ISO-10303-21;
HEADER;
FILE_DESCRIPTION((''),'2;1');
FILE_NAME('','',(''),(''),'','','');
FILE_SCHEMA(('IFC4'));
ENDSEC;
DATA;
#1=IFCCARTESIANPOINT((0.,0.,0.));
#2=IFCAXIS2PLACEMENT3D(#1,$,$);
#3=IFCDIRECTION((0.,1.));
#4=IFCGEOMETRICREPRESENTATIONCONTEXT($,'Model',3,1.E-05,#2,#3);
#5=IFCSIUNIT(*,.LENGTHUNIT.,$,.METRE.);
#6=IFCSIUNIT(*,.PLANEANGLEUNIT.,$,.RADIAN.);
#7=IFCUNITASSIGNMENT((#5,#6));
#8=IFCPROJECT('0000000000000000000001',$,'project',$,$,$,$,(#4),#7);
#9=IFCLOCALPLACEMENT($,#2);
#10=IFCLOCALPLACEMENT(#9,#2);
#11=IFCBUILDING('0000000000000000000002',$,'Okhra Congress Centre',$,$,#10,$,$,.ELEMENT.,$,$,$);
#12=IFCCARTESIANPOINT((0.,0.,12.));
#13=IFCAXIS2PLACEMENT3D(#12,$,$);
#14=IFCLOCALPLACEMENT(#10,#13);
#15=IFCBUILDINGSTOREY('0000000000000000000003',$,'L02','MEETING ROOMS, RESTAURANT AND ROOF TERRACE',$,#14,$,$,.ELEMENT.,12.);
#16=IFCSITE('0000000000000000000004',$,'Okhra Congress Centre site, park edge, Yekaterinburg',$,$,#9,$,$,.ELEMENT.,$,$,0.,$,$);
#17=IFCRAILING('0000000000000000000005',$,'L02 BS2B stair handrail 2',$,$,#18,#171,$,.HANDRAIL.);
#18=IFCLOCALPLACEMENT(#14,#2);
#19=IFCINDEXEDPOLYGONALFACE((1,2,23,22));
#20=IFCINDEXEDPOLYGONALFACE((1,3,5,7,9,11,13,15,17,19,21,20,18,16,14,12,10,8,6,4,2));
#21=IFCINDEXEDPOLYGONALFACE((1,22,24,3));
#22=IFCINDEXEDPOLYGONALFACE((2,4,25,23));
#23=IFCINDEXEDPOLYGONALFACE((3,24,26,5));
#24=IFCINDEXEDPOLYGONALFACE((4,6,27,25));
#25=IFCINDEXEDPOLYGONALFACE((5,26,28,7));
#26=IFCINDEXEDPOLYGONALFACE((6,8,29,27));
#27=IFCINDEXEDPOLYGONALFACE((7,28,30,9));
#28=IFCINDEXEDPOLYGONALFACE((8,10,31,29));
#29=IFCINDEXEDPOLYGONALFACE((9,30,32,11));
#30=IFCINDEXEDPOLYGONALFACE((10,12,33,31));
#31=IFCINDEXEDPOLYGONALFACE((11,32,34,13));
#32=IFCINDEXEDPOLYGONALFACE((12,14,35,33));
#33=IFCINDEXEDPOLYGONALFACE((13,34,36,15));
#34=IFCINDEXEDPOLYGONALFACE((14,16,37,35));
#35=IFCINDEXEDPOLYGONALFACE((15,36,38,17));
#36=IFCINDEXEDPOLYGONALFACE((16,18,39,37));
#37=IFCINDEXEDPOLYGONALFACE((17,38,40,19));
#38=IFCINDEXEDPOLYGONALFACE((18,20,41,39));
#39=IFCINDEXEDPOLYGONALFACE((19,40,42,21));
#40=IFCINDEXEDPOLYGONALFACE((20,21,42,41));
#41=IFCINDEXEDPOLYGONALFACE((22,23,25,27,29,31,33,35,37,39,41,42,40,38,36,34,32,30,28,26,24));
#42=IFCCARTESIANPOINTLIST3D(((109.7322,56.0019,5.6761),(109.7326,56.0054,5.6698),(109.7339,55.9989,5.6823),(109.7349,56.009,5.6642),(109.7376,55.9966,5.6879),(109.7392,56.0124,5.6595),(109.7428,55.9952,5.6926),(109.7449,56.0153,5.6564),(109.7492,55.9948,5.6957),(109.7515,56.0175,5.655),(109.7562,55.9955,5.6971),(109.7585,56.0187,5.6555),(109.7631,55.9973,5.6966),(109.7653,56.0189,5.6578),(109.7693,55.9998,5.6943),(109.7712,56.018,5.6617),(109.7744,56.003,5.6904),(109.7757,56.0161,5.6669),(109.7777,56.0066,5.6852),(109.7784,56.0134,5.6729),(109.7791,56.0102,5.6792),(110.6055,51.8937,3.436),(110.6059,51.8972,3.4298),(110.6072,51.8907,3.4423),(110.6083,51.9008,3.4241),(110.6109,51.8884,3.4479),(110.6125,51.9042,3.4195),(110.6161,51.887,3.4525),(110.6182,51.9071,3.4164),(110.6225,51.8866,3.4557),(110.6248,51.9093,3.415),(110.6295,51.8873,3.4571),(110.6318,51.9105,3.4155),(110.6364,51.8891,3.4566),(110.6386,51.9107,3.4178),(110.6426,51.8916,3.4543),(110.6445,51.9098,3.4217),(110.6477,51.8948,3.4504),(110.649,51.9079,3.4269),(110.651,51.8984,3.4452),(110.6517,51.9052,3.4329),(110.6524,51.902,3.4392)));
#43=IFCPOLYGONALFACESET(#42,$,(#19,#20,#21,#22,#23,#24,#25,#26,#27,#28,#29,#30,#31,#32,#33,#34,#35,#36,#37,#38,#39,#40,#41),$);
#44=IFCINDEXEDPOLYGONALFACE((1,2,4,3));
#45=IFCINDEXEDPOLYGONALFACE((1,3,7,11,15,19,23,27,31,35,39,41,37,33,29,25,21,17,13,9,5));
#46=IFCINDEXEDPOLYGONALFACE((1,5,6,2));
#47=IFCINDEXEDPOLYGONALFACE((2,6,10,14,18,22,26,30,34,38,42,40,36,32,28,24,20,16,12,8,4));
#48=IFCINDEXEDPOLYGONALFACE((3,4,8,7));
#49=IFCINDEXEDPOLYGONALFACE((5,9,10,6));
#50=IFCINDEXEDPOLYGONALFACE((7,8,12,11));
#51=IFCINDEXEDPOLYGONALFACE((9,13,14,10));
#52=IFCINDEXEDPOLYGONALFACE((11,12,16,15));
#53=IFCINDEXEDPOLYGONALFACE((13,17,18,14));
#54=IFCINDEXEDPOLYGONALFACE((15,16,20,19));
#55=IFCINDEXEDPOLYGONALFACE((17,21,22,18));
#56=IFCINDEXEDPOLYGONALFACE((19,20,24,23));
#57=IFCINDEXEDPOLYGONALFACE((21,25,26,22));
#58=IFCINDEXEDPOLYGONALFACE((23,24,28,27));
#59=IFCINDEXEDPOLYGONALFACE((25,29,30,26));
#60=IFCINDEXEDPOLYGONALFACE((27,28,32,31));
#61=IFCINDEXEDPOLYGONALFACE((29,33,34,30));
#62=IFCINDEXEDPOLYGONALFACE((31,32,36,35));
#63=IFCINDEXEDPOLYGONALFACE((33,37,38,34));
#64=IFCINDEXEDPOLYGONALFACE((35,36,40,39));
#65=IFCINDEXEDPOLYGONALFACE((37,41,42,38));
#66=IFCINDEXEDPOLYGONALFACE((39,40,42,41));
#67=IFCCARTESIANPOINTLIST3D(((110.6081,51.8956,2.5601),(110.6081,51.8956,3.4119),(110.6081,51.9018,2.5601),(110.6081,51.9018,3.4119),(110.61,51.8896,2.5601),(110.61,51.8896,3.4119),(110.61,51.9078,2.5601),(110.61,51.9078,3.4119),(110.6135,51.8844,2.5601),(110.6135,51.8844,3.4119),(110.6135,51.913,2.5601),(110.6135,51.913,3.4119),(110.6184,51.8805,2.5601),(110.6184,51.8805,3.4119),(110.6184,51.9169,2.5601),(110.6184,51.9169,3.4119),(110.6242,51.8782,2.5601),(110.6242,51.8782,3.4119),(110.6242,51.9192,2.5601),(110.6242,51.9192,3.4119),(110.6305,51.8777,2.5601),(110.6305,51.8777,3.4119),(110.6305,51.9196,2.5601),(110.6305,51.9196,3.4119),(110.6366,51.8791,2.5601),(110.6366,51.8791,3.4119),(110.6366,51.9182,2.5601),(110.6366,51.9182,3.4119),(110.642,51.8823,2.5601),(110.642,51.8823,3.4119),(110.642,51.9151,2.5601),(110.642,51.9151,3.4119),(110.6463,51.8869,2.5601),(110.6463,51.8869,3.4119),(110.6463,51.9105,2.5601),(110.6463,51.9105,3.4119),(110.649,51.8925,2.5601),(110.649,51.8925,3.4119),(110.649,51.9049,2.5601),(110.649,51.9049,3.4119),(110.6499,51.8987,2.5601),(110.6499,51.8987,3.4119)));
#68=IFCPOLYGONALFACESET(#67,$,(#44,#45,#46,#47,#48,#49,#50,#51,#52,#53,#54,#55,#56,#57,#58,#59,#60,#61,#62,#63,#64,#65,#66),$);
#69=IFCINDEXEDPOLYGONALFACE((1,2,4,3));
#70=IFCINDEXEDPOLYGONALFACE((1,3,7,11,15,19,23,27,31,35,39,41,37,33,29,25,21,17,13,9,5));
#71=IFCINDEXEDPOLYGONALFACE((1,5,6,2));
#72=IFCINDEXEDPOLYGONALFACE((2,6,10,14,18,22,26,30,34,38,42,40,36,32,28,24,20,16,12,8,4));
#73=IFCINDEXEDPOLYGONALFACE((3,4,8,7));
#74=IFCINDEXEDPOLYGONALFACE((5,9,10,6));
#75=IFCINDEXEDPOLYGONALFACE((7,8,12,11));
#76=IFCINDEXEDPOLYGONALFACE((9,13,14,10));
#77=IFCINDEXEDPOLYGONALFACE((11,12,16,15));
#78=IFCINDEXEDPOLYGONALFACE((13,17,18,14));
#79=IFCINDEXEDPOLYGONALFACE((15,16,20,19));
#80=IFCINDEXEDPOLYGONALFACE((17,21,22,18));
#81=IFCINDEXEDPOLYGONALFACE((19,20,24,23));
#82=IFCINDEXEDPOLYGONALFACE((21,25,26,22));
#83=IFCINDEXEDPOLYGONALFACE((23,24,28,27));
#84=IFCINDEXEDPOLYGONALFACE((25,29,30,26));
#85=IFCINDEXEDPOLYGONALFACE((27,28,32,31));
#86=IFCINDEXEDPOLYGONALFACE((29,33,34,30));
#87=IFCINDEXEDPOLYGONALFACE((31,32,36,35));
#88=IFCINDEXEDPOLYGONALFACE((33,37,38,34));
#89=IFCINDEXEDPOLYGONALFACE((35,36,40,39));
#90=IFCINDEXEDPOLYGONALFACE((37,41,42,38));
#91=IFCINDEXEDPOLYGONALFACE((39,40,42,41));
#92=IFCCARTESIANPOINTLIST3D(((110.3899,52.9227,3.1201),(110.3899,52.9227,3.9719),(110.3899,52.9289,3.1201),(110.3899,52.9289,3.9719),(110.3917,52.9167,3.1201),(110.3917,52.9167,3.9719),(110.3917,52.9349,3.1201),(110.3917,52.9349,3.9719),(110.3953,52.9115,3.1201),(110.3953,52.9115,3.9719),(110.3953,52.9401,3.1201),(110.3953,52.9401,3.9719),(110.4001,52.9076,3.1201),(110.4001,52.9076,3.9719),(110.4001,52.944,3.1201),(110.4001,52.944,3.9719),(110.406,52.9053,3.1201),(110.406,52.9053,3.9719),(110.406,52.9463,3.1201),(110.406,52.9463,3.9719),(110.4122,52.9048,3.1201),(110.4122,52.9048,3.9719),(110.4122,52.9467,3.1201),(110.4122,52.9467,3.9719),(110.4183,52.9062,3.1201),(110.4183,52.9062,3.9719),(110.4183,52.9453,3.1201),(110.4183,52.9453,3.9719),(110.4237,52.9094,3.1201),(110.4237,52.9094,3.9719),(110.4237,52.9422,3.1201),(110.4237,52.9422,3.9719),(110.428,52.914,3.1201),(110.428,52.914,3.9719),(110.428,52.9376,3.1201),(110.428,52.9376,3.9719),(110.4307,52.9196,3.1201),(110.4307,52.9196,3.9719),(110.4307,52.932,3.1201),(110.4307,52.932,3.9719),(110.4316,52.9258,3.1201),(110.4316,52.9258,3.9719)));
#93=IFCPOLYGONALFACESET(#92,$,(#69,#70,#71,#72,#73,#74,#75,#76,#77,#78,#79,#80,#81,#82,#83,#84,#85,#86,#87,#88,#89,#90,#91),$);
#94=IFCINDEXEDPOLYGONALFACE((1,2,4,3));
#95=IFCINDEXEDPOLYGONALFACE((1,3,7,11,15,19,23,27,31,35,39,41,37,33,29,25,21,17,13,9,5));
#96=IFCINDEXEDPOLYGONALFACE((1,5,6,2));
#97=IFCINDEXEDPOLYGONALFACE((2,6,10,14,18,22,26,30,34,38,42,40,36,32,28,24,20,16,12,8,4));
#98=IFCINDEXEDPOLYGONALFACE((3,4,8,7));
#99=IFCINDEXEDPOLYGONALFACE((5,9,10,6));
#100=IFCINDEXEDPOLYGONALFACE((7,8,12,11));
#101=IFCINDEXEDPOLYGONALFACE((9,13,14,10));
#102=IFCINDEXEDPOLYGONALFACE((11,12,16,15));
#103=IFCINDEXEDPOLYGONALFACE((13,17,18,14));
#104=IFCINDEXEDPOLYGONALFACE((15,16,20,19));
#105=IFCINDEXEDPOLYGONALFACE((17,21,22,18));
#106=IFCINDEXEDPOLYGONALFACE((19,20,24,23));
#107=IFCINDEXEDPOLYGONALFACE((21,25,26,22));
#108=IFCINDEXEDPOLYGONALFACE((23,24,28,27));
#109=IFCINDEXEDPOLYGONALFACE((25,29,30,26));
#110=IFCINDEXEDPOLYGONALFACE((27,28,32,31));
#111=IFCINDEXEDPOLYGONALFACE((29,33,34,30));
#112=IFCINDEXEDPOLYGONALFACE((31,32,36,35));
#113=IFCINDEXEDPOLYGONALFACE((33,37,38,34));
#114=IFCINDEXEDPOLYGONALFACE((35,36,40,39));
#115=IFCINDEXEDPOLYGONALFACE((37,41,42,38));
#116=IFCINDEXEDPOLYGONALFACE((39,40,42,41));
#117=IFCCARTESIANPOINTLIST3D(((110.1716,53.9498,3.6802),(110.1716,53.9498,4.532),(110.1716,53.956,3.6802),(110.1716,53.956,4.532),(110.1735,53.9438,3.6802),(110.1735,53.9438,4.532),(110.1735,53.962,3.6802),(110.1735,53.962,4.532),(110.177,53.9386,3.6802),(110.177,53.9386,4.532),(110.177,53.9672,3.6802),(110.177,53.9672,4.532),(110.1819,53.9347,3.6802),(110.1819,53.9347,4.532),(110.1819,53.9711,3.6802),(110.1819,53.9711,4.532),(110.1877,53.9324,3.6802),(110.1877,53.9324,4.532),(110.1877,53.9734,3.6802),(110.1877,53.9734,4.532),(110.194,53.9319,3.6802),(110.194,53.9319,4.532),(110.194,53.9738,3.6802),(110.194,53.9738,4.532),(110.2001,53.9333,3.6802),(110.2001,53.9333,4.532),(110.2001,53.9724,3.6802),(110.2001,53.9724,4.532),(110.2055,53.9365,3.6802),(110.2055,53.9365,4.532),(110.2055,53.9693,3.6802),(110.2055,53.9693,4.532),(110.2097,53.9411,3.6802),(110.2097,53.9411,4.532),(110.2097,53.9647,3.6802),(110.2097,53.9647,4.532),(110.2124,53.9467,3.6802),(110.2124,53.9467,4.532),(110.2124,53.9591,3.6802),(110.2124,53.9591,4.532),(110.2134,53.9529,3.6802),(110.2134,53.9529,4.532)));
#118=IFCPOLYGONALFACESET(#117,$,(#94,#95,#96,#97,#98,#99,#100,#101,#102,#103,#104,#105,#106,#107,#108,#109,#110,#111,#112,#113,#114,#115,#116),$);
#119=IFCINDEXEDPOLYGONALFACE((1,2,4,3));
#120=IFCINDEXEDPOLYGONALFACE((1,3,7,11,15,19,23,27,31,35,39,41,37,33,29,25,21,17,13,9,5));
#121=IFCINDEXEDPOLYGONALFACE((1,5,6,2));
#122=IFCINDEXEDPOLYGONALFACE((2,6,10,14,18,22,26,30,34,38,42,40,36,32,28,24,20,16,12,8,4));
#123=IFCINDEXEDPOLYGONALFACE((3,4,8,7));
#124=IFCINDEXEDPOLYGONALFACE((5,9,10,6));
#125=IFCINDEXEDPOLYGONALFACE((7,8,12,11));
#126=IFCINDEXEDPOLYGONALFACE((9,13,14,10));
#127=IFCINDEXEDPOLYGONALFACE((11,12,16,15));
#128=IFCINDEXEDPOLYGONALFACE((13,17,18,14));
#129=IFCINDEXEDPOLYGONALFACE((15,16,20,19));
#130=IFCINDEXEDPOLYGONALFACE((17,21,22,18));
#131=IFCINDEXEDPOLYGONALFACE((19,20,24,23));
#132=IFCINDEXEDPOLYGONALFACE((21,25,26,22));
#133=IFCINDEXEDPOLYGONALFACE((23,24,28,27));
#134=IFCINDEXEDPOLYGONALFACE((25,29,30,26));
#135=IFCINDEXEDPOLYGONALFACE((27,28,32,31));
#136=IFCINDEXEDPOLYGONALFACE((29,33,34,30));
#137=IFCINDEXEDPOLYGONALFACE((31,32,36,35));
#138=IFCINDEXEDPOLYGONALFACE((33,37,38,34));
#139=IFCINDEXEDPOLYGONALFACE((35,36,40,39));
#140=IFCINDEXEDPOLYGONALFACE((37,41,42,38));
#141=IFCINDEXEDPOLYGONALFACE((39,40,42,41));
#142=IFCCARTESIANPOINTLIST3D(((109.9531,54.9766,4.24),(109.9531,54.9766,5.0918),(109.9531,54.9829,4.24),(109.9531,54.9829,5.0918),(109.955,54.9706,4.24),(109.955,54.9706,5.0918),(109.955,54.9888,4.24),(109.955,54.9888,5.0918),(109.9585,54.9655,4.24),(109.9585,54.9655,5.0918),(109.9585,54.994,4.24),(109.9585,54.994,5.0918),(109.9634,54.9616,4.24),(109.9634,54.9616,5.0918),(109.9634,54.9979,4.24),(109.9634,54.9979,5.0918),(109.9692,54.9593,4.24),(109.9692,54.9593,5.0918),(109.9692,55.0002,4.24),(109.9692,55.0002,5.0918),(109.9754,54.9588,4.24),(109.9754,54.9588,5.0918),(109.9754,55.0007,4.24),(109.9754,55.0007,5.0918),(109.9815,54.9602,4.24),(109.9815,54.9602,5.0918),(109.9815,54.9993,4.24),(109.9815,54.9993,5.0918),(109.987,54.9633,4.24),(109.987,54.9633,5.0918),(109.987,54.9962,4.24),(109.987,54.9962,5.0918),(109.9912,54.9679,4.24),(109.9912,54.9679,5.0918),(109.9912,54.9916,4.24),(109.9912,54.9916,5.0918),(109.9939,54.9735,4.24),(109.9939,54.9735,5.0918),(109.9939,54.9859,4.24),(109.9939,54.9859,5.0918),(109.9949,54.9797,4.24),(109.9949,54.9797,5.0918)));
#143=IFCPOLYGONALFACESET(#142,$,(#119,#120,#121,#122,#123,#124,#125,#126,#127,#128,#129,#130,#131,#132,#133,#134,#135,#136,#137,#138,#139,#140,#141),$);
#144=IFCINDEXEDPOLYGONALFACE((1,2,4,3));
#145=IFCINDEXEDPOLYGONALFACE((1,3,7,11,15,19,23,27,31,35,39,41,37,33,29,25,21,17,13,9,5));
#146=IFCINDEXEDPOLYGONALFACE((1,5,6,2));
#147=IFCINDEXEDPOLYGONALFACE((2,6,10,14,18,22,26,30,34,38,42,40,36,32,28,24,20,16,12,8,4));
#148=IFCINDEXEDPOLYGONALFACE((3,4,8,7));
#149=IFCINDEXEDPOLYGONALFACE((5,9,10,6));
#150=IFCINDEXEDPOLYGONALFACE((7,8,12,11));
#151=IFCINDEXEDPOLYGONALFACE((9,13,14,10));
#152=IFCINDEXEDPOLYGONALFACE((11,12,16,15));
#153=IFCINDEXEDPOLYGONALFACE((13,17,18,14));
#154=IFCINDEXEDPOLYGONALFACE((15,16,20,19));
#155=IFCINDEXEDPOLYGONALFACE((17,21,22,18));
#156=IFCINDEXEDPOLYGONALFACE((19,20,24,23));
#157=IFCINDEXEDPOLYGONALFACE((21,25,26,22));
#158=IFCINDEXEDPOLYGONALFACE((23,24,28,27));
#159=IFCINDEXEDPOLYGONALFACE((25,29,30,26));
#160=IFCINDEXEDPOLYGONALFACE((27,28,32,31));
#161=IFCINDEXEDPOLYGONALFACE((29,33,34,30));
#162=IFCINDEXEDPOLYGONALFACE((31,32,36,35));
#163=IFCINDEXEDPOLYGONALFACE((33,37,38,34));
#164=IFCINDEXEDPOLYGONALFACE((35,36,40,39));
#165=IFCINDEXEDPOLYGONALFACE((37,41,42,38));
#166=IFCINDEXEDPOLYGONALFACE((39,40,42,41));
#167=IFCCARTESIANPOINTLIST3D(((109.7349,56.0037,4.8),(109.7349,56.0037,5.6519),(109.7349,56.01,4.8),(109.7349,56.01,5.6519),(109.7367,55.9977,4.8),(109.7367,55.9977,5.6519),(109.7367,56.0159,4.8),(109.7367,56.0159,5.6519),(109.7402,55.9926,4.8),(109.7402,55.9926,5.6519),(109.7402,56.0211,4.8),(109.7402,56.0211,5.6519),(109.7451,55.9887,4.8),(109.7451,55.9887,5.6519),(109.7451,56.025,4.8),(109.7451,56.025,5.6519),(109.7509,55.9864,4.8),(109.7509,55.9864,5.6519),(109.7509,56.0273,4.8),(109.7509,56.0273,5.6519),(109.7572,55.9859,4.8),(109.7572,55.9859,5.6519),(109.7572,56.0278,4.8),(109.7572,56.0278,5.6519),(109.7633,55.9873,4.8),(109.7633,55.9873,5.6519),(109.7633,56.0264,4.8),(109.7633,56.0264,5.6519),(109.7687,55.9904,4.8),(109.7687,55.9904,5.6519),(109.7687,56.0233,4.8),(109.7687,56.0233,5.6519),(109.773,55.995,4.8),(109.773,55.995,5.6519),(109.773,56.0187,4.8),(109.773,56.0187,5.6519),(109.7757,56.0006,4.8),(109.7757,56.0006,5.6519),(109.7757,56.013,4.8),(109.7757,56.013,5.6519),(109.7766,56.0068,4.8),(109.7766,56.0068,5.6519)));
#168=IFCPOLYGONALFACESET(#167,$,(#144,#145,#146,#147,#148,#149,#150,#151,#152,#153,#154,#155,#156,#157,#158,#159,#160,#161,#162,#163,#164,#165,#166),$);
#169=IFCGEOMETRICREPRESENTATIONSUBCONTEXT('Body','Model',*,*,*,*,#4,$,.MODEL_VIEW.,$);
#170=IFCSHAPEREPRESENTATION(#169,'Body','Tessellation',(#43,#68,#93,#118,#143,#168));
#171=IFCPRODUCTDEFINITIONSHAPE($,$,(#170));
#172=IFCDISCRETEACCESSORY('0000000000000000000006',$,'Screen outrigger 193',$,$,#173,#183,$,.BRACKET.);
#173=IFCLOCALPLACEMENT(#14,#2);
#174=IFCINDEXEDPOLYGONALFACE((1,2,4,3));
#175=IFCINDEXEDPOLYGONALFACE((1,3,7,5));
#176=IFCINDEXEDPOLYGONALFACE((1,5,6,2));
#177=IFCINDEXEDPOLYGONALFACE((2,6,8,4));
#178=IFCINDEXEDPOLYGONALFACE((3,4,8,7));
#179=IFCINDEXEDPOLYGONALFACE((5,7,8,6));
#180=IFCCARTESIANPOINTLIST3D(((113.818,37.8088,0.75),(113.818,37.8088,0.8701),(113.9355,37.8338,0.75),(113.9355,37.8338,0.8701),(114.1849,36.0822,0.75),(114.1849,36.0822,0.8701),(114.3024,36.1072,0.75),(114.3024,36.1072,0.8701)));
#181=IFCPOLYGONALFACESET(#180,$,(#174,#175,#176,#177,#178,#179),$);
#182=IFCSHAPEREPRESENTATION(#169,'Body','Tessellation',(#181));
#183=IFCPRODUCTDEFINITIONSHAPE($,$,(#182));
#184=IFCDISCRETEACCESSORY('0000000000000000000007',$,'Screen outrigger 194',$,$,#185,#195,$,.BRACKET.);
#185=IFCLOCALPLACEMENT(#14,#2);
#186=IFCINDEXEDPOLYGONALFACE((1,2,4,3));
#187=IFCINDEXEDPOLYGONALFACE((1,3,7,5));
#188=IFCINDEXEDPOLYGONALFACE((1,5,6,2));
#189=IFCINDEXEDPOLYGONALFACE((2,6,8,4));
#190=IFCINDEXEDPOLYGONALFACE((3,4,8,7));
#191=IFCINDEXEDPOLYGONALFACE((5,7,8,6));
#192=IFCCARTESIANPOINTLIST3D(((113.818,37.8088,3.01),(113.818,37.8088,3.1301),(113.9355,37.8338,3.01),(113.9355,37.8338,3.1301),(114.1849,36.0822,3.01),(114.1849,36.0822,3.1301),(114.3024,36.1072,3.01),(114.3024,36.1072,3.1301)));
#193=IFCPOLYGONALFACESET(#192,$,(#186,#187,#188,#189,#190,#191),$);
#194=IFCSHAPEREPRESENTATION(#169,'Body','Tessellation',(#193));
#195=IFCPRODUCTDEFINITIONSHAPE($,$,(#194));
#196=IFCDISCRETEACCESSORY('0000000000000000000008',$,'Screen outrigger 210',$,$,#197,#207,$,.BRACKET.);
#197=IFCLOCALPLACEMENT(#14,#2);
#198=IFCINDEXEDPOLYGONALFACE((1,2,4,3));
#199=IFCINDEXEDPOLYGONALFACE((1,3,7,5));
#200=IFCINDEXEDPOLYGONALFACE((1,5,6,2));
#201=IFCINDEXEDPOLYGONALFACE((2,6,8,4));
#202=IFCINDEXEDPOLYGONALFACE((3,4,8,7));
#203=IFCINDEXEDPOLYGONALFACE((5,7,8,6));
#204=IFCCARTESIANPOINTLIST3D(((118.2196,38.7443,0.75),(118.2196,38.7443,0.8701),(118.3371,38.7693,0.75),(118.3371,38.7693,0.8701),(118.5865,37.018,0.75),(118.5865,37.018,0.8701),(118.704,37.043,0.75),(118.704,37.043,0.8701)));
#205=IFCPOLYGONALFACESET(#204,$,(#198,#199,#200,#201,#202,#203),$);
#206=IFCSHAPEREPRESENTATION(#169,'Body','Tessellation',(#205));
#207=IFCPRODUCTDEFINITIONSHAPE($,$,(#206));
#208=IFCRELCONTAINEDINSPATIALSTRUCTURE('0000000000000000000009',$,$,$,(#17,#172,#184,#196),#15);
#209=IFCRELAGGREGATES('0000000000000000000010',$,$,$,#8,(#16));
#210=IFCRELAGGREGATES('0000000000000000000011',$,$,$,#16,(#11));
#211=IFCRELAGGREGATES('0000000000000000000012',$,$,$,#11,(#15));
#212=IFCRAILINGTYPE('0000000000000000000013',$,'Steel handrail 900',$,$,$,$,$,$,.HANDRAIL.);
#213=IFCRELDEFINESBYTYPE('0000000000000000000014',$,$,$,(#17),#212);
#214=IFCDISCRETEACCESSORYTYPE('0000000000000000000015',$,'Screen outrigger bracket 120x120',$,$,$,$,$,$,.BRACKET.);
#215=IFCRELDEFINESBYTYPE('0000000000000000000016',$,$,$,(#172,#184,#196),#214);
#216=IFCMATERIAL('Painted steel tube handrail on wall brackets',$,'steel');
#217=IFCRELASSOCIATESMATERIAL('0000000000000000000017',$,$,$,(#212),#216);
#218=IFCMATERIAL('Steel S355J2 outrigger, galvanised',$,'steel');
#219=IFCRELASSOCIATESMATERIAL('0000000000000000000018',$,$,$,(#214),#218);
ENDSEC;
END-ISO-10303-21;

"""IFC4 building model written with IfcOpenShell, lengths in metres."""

from ifc_helpers import new_model, si_unit, direction, frame, origin, origin_2d, place, context, subcontext, project, spatial, rectangle, circle, extrude, material, material_profile, profile_set, type_object, element, save


model = new_model("IFC4")

# Units and contexts
model_context = context("Model", 3, precision=1e-05, world=origin(), true_north=direction((0.0, 1.0)))
body_context = subcontext(model_context, "Body", "Model", "MODEL_VIEW")
ifc_project = project(units=[si_unit("LENGTHUNIT", "METRE"), si_unit("PLANEANGLEUNIT", "RADIAN")], contexts=[model_context])

# Site, building, storey
site_placement = place(None, origin())
site = spatial("IfcSite", under=ifc_project, at=site_placement, Name="Okhra Congress Centre site, park edge, Yekaterinburg", CompositionType="ELEMENT", RefElevation=0.0)
building_placement = place(site_placement, origin())
building = spatial("IfcBuilding", under=site, at=building_placement, Name="Okhra Congress Centre", CompositionType="ELEMENT")
storey_placement = place(building_placement, frame((0.0, 0.0, 12.0)))
storey = spatial("IfcBuildingStorey", under=building, at=storey_placement, Name="L02", Description="MEETING ROOMS, RESTAURANT AND ROOF TERRACE", CompositionType="ELEMENT", Elevation=12.0)

# Railing
ifc_material_1 = material(Name="Painted steel tube handrail on wall brackets", Category="steel")
railing_type = type_object("IfcRailingType", Name="Steel handrail 900", PredefinedType="HANDRAIL", material=ifc_material_1)
railing_placement = place(storey_placement, frame((110.6289, 51.8987, 2.5601)))
element("IfcRailing", 1, at=railing_placement, inside=storey, type_object=railing_type, Name="L02 BS2B stair handrail 2", PredefinedType="HANDRAIL", context=body_context, shape_type="SweptSolid", body=[
    extrude(circle(Radius=0.0239, at=origin_2d()), frame((0.0, 0.0, 0.876), z_axis=(-0.183466, 0.863067, 0.470591), x_axis=(-0.978144, -0.207929, 0.0)), (0.0, 0.0, 1.0), 4.76),
    extrude(circle(Radius=0.021, at=origin_2d()), origin(), (0.0, 0.0, 1.0), 0.8518),
    extrude(circle(Radius=0.021, at=origin_2d()), frame((-0.2183, 1.0271, 0.5601)), (0.0, 0.0, 1.0), 0.8518),
    extrude(circle(Radius=0.021, at=origin_2d()), frame((-0.4365, 2.0542, 1.1201)), (0.0, 0.0, 1.0), 0.8518),
    extrude(circle(Radius=0.021, at=origin_2d()), frame((-0.655, 3.0811, 1.6799)), (0.0, 0.0, 1.0), 0.8518),
    extrude(circle(Radius=0.021, at=origin_2d()), frame((-0.8733, 4.1082, 2.24)), (0.0, 0.0, 1.0), 0.8518),
])

# Discrete accessories
ifc_material_2 = material(Name="Steel S355J2 outrigger, galvanised", Category="steel")
ifc_material_profile_1 = material_profile(ifc_material_2, rectangle(XDim=0.1201, YDim=0.1201, at=origin_2d()), Name="Screen outrigger bracket 120x120")
ifc_profile_set_1 = profile_set([ifc_material_profile_1], Name="Steel S355J2 outrigger, galvanised")
discrete_accessory_type = type_object("IfcDiscreteAccessoryType", Name="Screen outrigger bracket 120x120", PredefinedType="BRACKET", material=ifc_profile_set_1)
for number, where, z_axis, x_axis, name in (
    (2, (113.8767, 37.8213, 0.8101), (0.207885, -0.978153, 0.0), (0.978153, 0.207885, 0.0), "Screen outrigger 193"),
    (3, (113.8767, 37.8213, 3.0701), (0.207885, -0.978153, 0.0), (0.978153, 0.207885, 0.0), "Screen outrigger 194"),
):
    element("IfcDiscreteAccessory", number, at=place(storey_placement, frame(where, z_axis=z_axis, x_axis=x_axis)), inside=storey, type_object=discrete_accessory_type, Name=name, PredefinedType="BRACKET", context=body_context, shape_type="SweptSolid", body=[
        extrude(rectangle(XDim=0.1201, YDim=0.1201, at=origin_2d()), origin(), (0.0, 0.0, 1.0), 1.7651),
    ])
for number, where, z_axis, x_axis, name in (
    (4, (118.2783, 38.7568, 0.8101), (0.207913, -0.978147, 0.0), (0.978147, 0.207913, 0.0), "Screen outrigger 210"),
):
    element("IfcDiscreteAccessory", number, at=place(storey_placement, frame(where, z_axis=z_axis, x_axis=x_axis)), inside=storey, type_object=discrete_accessory_type, Name=name, PredefinedType="BRACKET", context=body_context, shape_type="SweptSolid", body=[
        extrude(rectangle(XDim=0.1201, YDim=0.1201, at=origin_2d()), origin(), (0.0, 0.0, 1.0), 1.7649),
    ])

save(model, "model.ifc")
